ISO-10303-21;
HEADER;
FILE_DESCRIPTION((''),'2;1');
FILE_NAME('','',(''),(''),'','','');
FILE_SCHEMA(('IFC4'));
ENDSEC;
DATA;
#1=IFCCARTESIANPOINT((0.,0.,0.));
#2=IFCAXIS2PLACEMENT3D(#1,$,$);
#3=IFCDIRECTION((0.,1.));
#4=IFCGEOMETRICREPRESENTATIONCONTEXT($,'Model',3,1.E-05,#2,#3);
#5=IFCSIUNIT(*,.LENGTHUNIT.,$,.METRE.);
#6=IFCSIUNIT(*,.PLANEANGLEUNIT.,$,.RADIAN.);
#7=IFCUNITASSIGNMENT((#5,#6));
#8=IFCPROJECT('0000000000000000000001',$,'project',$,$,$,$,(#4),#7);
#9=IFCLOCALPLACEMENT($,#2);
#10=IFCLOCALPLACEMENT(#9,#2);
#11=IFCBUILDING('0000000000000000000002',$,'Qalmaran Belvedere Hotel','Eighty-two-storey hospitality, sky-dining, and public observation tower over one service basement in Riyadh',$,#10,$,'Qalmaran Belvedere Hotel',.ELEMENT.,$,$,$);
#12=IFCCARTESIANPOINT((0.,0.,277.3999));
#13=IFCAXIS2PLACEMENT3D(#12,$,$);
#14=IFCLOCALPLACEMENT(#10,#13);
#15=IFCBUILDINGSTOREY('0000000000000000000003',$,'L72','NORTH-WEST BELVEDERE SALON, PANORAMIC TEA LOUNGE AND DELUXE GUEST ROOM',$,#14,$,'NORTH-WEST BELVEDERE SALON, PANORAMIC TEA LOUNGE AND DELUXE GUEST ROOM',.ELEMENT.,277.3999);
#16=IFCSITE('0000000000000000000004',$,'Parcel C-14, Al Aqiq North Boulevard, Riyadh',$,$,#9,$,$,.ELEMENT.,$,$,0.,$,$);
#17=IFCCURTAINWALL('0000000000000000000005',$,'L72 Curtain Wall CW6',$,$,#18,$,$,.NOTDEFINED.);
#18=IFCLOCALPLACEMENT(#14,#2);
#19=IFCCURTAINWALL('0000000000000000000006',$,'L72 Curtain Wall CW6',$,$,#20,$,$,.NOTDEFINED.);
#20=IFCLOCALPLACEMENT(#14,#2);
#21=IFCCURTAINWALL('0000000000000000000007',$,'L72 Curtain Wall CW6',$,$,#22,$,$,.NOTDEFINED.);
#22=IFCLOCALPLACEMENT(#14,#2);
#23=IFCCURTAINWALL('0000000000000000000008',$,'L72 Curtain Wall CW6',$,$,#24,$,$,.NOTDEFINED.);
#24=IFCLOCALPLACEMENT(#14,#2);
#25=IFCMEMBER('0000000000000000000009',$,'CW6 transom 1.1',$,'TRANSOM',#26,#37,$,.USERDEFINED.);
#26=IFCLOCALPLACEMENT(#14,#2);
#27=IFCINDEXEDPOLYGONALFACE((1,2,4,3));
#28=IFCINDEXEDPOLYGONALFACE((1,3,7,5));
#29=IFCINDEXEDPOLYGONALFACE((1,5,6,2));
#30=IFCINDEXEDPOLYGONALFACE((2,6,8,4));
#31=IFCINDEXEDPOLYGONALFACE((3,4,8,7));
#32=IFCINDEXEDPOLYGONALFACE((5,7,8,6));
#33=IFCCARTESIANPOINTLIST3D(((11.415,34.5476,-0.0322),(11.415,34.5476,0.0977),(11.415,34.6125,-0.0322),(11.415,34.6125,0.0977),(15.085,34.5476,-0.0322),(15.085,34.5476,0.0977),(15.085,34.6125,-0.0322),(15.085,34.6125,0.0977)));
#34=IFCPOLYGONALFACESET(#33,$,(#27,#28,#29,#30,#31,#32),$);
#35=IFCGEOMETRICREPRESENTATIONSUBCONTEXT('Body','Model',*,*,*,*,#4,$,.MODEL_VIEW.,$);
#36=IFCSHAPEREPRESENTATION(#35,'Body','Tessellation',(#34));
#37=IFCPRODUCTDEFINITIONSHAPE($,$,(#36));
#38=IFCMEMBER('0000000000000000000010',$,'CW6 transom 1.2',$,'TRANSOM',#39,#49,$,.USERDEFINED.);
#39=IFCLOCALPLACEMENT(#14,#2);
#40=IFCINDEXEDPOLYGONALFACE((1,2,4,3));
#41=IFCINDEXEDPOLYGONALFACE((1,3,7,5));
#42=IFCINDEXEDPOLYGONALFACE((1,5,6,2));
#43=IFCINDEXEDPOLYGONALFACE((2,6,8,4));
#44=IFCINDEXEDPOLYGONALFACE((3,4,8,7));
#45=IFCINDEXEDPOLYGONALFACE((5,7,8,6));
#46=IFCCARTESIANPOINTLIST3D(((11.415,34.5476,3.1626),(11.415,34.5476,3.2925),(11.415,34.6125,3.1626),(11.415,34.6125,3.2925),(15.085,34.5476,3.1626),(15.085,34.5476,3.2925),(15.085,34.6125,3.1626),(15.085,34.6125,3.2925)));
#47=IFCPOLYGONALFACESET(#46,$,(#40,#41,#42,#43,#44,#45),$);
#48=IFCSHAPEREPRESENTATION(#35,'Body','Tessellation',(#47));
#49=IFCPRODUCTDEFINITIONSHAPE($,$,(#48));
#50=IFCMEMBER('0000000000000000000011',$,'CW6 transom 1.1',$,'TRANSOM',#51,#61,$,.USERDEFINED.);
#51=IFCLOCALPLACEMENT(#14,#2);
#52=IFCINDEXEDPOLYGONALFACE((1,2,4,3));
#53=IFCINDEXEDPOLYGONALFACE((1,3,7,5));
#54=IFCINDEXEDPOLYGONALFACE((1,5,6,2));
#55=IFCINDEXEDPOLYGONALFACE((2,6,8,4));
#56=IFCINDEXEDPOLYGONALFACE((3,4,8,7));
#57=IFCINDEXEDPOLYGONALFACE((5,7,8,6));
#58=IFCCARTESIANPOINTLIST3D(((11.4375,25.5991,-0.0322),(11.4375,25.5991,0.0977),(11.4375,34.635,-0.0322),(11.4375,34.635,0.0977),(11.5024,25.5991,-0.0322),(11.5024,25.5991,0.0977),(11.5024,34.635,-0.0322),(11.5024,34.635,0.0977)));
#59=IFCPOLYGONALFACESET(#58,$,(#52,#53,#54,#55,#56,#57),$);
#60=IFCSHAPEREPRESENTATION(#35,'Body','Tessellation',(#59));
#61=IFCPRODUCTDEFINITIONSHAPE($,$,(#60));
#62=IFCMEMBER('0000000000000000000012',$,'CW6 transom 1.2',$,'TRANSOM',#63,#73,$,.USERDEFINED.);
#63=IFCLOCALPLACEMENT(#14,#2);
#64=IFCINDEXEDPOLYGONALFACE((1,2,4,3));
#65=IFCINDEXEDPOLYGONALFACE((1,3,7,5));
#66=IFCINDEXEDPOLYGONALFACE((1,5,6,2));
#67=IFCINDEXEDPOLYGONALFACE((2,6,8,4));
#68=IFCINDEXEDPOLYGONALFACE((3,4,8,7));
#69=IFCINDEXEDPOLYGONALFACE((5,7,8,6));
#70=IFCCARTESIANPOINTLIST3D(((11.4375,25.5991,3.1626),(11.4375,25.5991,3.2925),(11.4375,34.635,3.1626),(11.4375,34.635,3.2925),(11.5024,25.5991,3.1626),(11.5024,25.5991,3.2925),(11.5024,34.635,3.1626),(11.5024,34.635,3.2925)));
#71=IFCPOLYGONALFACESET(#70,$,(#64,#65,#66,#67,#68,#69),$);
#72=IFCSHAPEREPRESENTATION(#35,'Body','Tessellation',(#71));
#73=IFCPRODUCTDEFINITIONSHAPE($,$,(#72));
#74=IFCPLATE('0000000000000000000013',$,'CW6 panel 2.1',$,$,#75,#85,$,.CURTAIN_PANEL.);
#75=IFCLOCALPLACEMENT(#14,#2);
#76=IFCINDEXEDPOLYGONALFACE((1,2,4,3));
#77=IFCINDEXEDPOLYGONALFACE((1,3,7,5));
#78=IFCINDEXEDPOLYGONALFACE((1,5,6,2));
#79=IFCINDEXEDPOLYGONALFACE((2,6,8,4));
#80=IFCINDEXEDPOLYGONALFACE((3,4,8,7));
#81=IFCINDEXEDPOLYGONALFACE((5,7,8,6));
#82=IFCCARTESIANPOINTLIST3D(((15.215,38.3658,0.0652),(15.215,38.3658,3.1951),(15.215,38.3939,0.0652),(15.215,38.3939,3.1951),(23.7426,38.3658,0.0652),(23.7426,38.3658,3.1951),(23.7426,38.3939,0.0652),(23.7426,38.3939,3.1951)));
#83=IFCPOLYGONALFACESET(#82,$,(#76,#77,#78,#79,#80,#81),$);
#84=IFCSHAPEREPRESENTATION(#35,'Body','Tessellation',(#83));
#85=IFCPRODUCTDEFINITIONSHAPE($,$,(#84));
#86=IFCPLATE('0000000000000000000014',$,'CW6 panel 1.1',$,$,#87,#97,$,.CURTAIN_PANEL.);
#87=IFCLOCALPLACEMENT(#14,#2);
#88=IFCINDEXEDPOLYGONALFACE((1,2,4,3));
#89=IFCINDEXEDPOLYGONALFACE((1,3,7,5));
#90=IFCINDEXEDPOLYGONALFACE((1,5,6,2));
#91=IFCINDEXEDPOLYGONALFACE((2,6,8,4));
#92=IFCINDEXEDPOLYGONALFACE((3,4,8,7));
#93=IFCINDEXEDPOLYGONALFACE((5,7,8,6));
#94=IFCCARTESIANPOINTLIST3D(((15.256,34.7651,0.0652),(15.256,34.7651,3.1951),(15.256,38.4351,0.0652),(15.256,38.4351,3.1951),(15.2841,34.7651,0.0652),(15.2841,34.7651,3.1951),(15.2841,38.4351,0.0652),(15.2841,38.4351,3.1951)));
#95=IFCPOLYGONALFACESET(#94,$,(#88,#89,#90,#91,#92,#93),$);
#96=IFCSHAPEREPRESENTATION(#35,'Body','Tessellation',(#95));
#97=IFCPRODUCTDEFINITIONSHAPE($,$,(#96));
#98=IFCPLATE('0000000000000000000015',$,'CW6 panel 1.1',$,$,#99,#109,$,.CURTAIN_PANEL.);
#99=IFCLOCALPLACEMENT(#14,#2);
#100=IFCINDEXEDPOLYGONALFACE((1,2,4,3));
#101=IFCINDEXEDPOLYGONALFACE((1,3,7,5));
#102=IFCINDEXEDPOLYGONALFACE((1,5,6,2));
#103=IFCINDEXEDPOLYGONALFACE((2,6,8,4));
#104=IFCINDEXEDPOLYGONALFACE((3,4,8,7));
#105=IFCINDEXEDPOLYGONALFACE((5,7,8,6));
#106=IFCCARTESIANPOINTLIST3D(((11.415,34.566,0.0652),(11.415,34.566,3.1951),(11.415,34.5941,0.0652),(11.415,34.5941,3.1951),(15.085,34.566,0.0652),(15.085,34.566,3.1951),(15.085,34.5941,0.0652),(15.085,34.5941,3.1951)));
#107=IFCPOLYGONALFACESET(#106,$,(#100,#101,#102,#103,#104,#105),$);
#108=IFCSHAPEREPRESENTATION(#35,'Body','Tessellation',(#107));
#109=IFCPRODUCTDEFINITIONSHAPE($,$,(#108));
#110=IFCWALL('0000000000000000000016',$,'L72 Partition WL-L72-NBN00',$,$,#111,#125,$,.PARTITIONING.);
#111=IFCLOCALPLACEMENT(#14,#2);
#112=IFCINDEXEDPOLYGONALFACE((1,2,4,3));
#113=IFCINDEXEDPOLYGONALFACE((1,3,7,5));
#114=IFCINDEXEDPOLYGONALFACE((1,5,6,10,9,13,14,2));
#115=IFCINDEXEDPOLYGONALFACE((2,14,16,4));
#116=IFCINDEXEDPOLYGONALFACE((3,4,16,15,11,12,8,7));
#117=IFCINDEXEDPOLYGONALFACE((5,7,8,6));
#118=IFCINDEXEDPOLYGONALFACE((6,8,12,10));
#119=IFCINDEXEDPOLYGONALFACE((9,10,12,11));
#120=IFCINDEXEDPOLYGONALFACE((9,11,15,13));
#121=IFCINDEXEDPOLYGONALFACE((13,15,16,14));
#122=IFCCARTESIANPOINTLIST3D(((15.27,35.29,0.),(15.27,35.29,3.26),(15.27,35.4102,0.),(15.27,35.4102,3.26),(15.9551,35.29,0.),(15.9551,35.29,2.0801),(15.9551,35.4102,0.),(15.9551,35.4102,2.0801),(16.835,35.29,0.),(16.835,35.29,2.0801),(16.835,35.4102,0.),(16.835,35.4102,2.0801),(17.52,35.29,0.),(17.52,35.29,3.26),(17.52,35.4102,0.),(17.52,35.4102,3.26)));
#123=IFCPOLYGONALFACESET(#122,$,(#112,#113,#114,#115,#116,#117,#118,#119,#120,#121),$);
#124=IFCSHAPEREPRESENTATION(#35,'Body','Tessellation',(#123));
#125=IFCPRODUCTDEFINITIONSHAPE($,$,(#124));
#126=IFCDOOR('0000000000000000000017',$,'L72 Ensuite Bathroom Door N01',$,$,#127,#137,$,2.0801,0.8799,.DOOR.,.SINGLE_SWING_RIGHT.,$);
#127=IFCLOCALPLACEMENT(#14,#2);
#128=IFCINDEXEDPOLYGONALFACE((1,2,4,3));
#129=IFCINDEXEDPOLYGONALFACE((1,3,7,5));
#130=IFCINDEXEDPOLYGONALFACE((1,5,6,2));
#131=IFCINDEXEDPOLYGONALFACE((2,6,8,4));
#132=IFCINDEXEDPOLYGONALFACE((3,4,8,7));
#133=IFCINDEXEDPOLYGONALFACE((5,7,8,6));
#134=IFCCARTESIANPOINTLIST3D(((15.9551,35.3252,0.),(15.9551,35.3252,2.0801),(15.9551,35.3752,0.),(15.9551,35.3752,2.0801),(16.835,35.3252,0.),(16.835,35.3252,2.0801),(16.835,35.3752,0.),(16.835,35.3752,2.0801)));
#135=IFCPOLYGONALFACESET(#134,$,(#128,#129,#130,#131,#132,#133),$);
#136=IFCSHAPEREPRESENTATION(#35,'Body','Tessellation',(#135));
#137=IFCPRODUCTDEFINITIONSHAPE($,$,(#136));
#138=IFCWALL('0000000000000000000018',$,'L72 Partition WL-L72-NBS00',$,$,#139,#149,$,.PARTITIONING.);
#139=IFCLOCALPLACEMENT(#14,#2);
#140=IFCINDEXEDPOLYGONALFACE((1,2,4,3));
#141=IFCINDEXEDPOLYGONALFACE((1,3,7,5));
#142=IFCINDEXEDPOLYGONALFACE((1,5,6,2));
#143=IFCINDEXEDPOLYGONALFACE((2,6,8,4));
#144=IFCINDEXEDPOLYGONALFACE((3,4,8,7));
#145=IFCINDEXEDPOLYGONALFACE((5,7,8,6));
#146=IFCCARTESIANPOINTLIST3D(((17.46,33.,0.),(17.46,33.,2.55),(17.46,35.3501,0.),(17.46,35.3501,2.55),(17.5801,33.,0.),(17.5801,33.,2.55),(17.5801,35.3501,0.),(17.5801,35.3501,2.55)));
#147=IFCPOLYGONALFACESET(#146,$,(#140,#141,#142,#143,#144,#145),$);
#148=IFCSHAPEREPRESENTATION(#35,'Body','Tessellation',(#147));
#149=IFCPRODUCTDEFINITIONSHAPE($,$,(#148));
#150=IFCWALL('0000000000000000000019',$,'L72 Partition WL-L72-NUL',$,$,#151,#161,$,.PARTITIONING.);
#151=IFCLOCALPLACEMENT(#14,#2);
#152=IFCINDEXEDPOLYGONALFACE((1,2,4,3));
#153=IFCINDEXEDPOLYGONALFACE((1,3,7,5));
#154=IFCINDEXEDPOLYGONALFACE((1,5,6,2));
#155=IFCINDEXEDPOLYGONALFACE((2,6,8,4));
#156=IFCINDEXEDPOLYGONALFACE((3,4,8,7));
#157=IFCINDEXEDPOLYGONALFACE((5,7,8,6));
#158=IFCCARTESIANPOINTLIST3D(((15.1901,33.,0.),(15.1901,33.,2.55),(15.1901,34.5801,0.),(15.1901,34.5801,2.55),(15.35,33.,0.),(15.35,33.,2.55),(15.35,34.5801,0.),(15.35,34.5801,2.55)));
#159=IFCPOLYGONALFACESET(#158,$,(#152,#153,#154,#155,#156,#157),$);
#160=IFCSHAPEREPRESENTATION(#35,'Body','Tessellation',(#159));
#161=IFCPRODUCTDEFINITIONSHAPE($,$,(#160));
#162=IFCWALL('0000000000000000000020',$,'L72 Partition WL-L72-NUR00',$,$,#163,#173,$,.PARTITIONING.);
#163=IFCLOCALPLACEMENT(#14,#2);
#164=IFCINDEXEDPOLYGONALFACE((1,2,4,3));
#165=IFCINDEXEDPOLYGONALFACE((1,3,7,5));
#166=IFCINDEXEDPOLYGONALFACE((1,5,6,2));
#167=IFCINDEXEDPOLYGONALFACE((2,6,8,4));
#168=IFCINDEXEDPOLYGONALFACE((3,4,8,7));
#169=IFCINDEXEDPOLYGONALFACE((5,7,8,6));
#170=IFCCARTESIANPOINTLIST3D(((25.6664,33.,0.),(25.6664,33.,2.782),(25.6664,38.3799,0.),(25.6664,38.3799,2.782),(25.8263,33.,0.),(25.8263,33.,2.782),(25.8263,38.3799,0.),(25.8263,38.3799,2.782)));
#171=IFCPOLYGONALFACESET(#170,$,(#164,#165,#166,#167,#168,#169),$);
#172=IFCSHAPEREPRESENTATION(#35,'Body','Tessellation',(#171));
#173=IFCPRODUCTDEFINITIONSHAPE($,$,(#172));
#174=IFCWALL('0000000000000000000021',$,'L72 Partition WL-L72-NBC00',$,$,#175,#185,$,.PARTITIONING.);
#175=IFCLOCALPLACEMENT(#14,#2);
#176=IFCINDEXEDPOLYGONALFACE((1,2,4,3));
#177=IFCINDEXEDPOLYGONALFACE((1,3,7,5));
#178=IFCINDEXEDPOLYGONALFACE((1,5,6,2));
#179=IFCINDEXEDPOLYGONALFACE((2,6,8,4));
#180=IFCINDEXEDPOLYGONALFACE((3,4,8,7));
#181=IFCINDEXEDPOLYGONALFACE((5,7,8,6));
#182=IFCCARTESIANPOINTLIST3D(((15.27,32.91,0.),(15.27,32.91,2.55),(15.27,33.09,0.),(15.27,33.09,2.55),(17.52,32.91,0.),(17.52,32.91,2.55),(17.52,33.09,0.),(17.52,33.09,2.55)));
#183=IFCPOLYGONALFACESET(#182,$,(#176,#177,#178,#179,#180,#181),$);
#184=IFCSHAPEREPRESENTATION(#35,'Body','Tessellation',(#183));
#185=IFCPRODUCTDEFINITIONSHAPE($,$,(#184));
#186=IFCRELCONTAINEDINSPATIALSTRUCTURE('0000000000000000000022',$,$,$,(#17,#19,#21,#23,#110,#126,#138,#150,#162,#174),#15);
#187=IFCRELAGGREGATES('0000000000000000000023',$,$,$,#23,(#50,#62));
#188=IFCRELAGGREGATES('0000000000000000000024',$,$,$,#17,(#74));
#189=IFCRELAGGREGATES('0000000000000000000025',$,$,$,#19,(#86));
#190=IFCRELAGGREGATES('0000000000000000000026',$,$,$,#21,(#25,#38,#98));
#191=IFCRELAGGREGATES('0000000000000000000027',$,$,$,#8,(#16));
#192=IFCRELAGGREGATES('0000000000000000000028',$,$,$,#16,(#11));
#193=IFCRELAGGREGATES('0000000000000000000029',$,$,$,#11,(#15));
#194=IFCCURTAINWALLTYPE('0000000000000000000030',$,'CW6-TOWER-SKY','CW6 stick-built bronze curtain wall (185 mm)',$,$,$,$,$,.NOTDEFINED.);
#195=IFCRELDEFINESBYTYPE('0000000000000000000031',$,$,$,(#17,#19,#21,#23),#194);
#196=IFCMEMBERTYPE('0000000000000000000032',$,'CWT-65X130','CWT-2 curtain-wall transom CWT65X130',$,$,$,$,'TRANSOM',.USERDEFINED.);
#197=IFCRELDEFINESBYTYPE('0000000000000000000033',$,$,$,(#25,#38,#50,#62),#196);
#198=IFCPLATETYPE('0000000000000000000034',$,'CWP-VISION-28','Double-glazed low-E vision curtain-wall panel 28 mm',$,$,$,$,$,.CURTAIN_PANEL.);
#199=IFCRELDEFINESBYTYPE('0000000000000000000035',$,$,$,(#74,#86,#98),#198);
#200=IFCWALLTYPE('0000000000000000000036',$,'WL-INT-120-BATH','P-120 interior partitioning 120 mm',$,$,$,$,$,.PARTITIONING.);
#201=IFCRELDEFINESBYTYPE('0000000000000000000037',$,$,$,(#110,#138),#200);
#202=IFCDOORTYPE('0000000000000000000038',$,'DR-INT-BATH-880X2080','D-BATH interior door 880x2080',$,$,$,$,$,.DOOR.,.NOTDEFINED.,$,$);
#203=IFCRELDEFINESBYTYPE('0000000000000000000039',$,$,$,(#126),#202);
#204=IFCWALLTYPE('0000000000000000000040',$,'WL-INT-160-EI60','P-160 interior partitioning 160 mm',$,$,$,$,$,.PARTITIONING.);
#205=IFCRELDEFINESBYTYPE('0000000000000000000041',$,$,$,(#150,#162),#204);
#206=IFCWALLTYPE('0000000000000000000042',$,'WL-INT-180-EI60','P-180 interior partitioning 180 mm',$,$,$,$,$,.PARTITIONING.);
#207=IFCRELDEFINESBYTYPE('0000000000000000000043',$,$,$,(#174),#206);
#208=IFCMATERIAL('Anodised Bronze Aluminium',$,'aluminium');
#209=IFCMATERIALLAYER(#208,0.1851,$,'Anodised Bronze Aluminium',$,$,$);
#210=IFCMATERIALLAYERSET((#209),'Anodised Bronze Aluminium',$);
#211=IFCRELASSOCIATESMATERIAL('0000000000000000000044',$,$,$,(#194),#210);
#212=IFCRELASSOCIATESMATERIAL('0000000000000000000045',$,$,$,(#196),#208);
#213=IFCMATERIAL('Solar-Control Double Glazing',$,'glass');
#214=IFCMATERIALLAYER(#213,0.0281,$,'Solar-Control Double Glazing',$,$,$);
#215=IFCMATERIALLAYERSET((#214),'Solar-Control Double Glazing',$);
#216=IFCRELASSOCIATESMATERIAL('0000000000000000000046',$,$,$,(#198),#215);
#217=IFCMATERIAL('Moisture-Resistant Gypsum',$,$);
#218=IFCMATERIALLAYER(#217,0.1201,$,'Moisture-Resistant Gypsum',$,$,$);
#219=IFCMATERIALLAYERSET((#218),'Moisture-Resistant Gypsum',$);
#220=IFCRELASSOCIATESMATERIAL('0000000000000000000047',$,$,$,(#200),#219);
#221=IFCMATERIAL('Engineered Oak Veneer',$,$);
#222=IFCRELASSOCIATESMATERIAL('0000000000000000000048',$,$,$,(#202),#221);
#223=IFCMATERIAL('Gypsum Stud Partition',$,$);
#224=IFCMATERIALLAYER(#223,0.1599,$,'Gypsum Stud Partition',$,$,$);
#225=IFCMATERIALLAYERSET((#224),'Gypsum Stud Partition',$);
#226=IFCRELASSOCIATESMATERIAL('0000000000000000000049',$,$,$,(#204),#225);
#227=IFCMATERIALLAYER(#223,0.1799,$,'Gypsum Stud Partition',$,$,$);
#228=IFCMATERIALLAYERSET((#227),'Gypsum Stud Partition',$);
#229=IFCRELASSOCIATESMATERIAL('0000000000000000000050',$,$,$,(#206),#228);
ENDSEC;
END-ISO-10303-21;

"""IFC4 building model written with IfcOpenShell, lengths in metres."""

from ifc_helpers import new_model, si_unit, direction, frame, frame_2d, origin, origin_2d, place, context, subcontext, project, spatial, rectangle, extrude, material, layer, layer_set, material_profile, profile_set, type_object, element, fill, aggregate, save


model = new_model("IFC4")

# Units and contexts
model_context = context("Model", 3, precision=1e-05, world=origin(), true_north=direction((0.0, 1.0)))
body_context = subcontext(model_context, "Body", "Model", "MODEL_VIEW")
ifc_project = project(units=[si_unit("LENGTHUNIT", "METRE"), si_unit("PLANEANGLEUNIT", "RADIAN")], contexts=[model_context])

# Site, building, storey
site_placement = place(None, origin())
site = spatial("IfcSite", under=ifc_project, at=site_placement, Name="Parcel C-14, Al Aqiq North Boulevard, Riyadh", CompositionType="ELEMENT", RefElevation=0.0)
building_placement = place(site_placement, origin())
building = spatial("IfcBuilding", under=site, at=building_placement, Name="Qalmaran Belvedere Hotel", Description="Eighty-two-storey hospitality, sky-dining, and public observation tower over one service basement in Riyadh", LongName="Qalmaran Belvedere Hotel", CompositionType="ELEMENT")
storey_placement = place(building_placement, frame((0.0, 0.0, 277.3999)))
storey = spatial("IfcBuildingStorey", under=building, at=storey_placement, Name="L72", Description="NORTH-WEST BELVEDERE SALON, PANORAMIC TEA LOUNGE AND DELUXE GUEST ROOM", LongName="NORTH-WEST BELVEDERE SALON, PANORAMIC TEA LOUNGE AND DELUXE GUEST ROOM", CompositionType="ELEMENT", Elevation=277.3999)

# Curtain walls
ifc_material_1 = material(Name="Anodised Bronze Aluminium", Category="aluminium")
ifc_layer_1 = layer(ifc_material_1, 0.1851, Name="Anodised Bronze Aluminium")
ifc_layer_set_1 = layer_set([ifc_layer_1], Name="Anodised Bronze Aluminium")
curtain_wall_type = type_object("IfcCurtainWallType", Name="CW6-TOWER-SKY", Description="CW6 stick-built bronze curtain wall (185 mm)", PredefinedType="NOTDEFINED", material=ifc_layer_set_1)
curtain_wall_1_placement = place(storey_placement, origin())
curtain_wall_1 = element("IfcCurtainWall", 1, at=curtain_wall_1_placement, inside=storey, type_object=curtain_wall_type, Name="L72 Curtain Wall CW6", PredefinedType="NOTDEFINED")
curtain_wall_2_placement = place(storey_placement, origin())
curtain_wall_2 = element("IfcCurtainWall", 2, at=curtain_wall_2_placement, inside=storey, type_object=curtain_wall_type, Name="L72 Curtain Wall CW6", PredefinedType="NOTDEFINED")
curtain_wall_3_placement = place(storey_placement, origin())
curtain_wall_3 = element("IfcCurtainWall", 3, at=curtain_wall_3_placement, inside=storey, type_object=curtain_wall_type, Name="L72 Curtain Wall CW6", PredefinedType="NOTDEFINED")

# Curtain wall
curtain_wall_4_placement = place(storey_placement, origin())
curtain_wall_4 = element("IfcCurtainWall", 4, at=curtain_wall_4_placement, inside=storey, type_object=curtain_wall_type, Name="L72 Curtain Wall CW6", PredefinedType="NOTDEFINED")

# Members
ifc_material_profile_1 = material_profile(ifc_material_1, rectangle(XDim=0.0649, YDim=0.1299, at=origin_2d()), Name="CWT65X130")
ifc_profile_set_1 = profile_set([ifc_material_profile_1], Name="Anodised Bronze Aluminium")
member_type_1 = type_object("IfcMemberType", Name="CWT-65X130", Description="CWT-2 curtain-wall transom CWT65X130", ElementType="TRANSOM", PredefinedType="USERDEFINED", material=ifc_profile_set_1)
member_1_placement = place(storey_placement, frame((15.085, 34.5801, 0.0327), z_axis=(-1.0, 0.0, 0.0), x_axis=(0.0, -1.0, 0.0)))
member_1 = element("IfcMember", 5, at=member_1_placement, type_object=member_type_1, Name="CW6 transom 1.1", ObjectType="TRANSOM", PredefinedType="USERDEFINED", context=body_context, shape_type="SweptSolid", body=[
    extrude(rectangle(XDim=0.0649, YDim=0.1299, at=origin_2d()), origin(), (0.0, 0.0, 1.0), 3.6699),
])
member_2_placement = place(storey_placement, frame((15.085, 34.5801, 3.2275), z_axis=(-1.0, 0.0, 0.0), x_axis=(0.0, -1.0, 0.0)))
member_2 = element("IfcMember", 6, at=member_2_placement, type_object=member_type_1, Name="CW6 transom 1.2", ObjectType="TRANSOM", PredefinedType="USERDEFINED", context=body_context, shape_type="SweptSolid", body=[
    extrude(rectangle(XDim=0.0649, YDim=0.1299, at=origin_2d()), origin(), (0.0, 0.0, 1.0), 3.6699),
])
member_3_placement = place(storey_placement, frame((11.47, 34.635, 0.0327), z_axis=(0.0, -1.0, 0.0), x_axis=(1.0, 0.0, 0.0)))
member_3 = element("IfcMember", 7, at=member_3_placement, type_object=member_type_1, Name="CW6 transom 1.1", ObjectType="TRANSOM", PredefinedType="USERDEFINED", context=body_context, shape_type="SweptSolid", body=[
    extrude(rectangle(XDim=0.0649, YDim=0.1299, at=origin_2d()), origin(), (0.0, 0.0, 1.0), 9.0359),
])
member_4_placement = place(storey_placement, frame((11.47, 34.635, 3.2275), z_axis=(0.0, -1.0, 0.0), x_axis=(1.0, 0.0, 0.0)))
member_4 = element("IfcMember", 8, at=member_4_placement, type_object=member_type_1, Name="CW6 transom 1.2", ObjectType="TRANSOM", PredefinedType="USERDEFINED", context=body_context, shape_type="SweptSolid", body=[
    extrude(rectangle(XDim=0.0649, YDim=0.1299, at=origin_2d()), origin(), (0.0, 0.0, 1.0), 9.0359),
])
aggregate(curtain_wall_4, [member_3, member_4])

# Plates
ifc_material_2 = material(Name="Solar-Control Double Glazing", Category="glass")
ifc_layer_2 = layer(ifc_material_2, 0.0281, Name="Solar-Control Double Glazing")
ifc_layer_set_2 = layer_set([ifc_layer_2], Name="Solar-Control Double Glazing")
plate_type = type_object("IfcPlateType", Name="CWP-VISION-28", Description="Double-glazed low-E vision curtain-wall panel 28 mm", PredefinedType="CURTAIN_PANEL", material=ifc_layer_set_2)
plate_1_placement = place(storey_placement, frame((19.4788, 38.3799, 0.0652), z_axis=(0.0, 0.0, 1.0), x_axis=(-1.0, 0.0, 0.0)))
plate_1 = element("IfcPlate", 9, at=plate_1_placement, type_object=plate_type, Name="CW6 panel 2.1", PredefinedType="CURTAIN_PANEL", context=body_context, shape_type="SweptSolid", body=[
    extrude(rectangle(XDim=8.5276, YDim=0.0281, at=origin_2d()), origin(), (0.0, 0.0, 1.0), 3.1299),
])
aggregate(curtain_wall_1, [plate_1])
plate_2_placement = place(storey_placement, frame((15.27, 36.6001, 0.0652), z_axis=(0.0, 0.0, 1.0), x_axis=(0.0, -1.0, 0.0)))
plate_2 = element("IfcPlate", 10, at=plate_2_placement, type_object=plate_type, Name="CW6 panel 1.1", PredefinedType="CURTAIN_PANEL", context=body_context, shape_type="SweptSolid", body=[
    extrude(rectangle(XDim=3.6699, YDim=0.0281, at=origin_2d()), origin(), (0.0, 0.0, 1.0), 3.1299),
])
aggregate(curtain_wall_2, [plate_2])
plate_3_placement = place(storey_placement, frame((13.25, 34.5801, 0.0652), z_axis=(0.0, 0.0, 1.0), x_axis=(-1.0, 0.0, 0.0)))
plate_3 = element("IfcPlate", 11, at=plate_3_placement, type_object=plate_type, Name="CW6 panel 1.1", PredefinedType="CURTAIN_PANEL", context=body_context, shape_type="SweptSolid", body=[
    extrude(rectangle(XDim=3.6699, YDim=0.0281, at=origin_2d()), origin(), (0.0, 0.0, 1.0), 3.1299),
])
aggregate(curtain_wall_3, [member_1, member_2, plate_3])

# Wall, opening, door
ifc_material_3 = material(Name="Moisture-Resistant Gypsum")
ifc_layer_3 = layer(ifc_material_3, 0.1201, Name="Moisture-Resistant Gypsum")
ifc_layer_set_3 = layer_set([ifc_layer_3], Name="Moisture-Resistant Gypsum")
wall_type_1 = type_object("IfcWallType", Name="WL-INT-120-BATH", Description="P-120 interior partitioning 120 mm", PredefinedType="PARTITIONING", material=ifc_layer_set_3)
wall_1_placement = place(storey_placement, frame((15.27, 35.3501, 0.0), z_axis=(0.0, 0.0, 1.0), x_axis=(1.0, 0.0, 0.0)))
wall_1 = element("IfcWall", 12, at=wall_1_placement, inside=storey, type_object=wall_type_1, Name="L72 Partition WL-L72-NBN00", PredefinedType="PARTITIONING", context=body_context, shape_type="SweptSolid", body=[
    extrude(rectangle(XDim=2.25, YDim=0.1201, at=frame_2d((1.125, 0.0))), origin(), (0.0, 0.0, 1.0), 3.26),
])
opening_1_placement = place(wall_1_placement, frame((1.5649, 0.0, 0.0), z_axis=(0.0, 0.0, 1.0), x_axis=(-1.0, 0.0, 0.0)))
opening_1 = element("IfcOpeningElement", 13, at=opening_1_placement, cuts=wall_1, PredefinedType="OPENING", context=body_context, shape_type="SweptSolid", body=[
    extrude(rectangle(XDim=0.8799, YDim=2.0801, at=frame_2d((0.4399, 1.04))), frame((0.0, 0.0701, 0.0), z_axis=(0.0, -1.0, 0.0), x_axis=(1.0, 0.0, 0.0)), (0.0, 0.0, 1.0), 0.1401),
])
ifc_material_4 = material(Name="Engineered Oak Veneer")
door_type_1 = type_object("IfcDoorType", Name="DR-INT-BATH-880X2080", Description="D-BATH interior door 880x2080", OperationType="NOTDEFINED", PredefinedType="DOOR", material=ifc_material_4)
door_1_placement = place(opening_1_placement, origin())
door_1 = element("IfcDoor", 14, at=door_1_placement, inside=storey, type_object=door_type_1, Name="L72 Ensuite Bathroom Door N01", OperationType="SINGLE_SWING_RIGHT", OverallHeight=2.0801, OverallWidth=0.8799, PredefinedType="DOOR", context=body_context, shape_type="SweptSolid", body=[
    extrude(rectangle(XDim=0.8799, YDim=2.0801, at=frame_2d((0.4399, 1.04))), frame((0.0, 0.0249, 0.0), z_axis=(0.0, -1.0, 0.0), x_axis=(1.0, 0.0, 0.0)), (0.0, 0.0, 1.0), 0.05),
])
fill(opening_1, door_1)

# Walls
wall_2_placement = place(storey_placement, frame((17.52, 33.0, 0.0), z_axis=(0.0, 0.0, 1.0), x_axis=(0.0, 1.0, 0.0)))
element("IfcWall", 15, at=wall_2_placement, inside=storey, type_object=wall_type_1, Name="L72 Partition WL-L72-NBS00", PredefinedType="PARTITIONING", context=body_context, shape_type="SweptSolid", body=[
    extrude(rectangle(XDim=2.3501, YDim=0.1201, at=frame_2d((1.175, 0.0))), origin(), (0.0, 0.0, 1.0), 2.55),
])
ifc_material_5 = material(Name="Gypsum Stud Partition")
ifc_layer_4 = layer(ifc_material_5, 0.1599, Name="Gypsum Stud Partition")
ifc_layer_set_4 = layer_set([ifc_layer_4], Name="Gypsum Stud Partition")
wall_type_2 = type_object("IfcWallType", Name="WL-INT-160-EI60", Description="P-160 interior partitioning 160 mm", PredefinedType="PARTITIONING", material=ifc_layer_set_4)
wall_3_placement = place(storey_placement, frame((15.27, 33.0, 0.0), z_axis=(0.0, 0.0, 1.0), x_axis=(0.0, 1.0, 0.0)))
element("IfcWall", 16, at=wall_3_placement, inside=storey, type_object=wall_type_2, Name="L72 Partition WL-L72-NUL", PredefinedType="PARTITIONING", context=body_context, shape_type="SweptSolid", body=[
    extrude(rectangle(XDim=1.5801, YDim=0.1599, at=frame_2d((0.79, 0.0))), origin(), (0.0, 0.0, 1.0), 2.55),
])
wall_4_placement = place(storey_placement, frame((25.7463, 33.0, 0.0), z_axis=(0.0, 0.0, 1.0), x_axis=(0.0, 1.0, 0.0)))
element("IfcWall", 17, at=wall_4_placement, inside=storey, type_object=wall_type_2, Name="L72 Partition WL-L72-NUR00", PredefinedType="PARTITIONING", context=body_context, shape_type="SweptSolid", body=[
    extrude(rectangle(XDim=5.3799, YDim=0.1599, at=frame_2d((2.6899, 0.0))), origin(), (0.0, 0.0, 1.0), 2.782),
])
ifc_layer_5 = layer(ifc_material_5, 0.1799, Name="Gypsum Stud Partition")
ifc_layer_set_5 = layer_set([ifc_layer_5], Name="Gypsum Stud Partition")
wall_type_3 = type_object("IfcWallType", Name="WL-INT-180-EI60", Description="P-180 interior partitioning 180 mm", PredefinedType="PARTITIONING", material=ifc_layer_set_5)
wall_5_placement = place(storey_placement, frame((15.27, 33.0, 0.0), z_axis=(0.0, 0.0, 1.0), x_axis=(1.0, 0.0, 0.0)))
element("IfcWall", 18, at=wall_5_placement, inside=storey, type_object=wall_type_3, Name="L72 Partition WL-L72-NBC00", PredefinedType="PARTITIONING", context=body_context, shape_type="SweptSolid", body=[
    extrude(rectangle(XDim=2.25, YDim=0.1799, at=frame_2d((1.125, 0.0))), origin(), (0.0, 0.0, 1.0), 2.55),
])

save(model, "model.ifc")
